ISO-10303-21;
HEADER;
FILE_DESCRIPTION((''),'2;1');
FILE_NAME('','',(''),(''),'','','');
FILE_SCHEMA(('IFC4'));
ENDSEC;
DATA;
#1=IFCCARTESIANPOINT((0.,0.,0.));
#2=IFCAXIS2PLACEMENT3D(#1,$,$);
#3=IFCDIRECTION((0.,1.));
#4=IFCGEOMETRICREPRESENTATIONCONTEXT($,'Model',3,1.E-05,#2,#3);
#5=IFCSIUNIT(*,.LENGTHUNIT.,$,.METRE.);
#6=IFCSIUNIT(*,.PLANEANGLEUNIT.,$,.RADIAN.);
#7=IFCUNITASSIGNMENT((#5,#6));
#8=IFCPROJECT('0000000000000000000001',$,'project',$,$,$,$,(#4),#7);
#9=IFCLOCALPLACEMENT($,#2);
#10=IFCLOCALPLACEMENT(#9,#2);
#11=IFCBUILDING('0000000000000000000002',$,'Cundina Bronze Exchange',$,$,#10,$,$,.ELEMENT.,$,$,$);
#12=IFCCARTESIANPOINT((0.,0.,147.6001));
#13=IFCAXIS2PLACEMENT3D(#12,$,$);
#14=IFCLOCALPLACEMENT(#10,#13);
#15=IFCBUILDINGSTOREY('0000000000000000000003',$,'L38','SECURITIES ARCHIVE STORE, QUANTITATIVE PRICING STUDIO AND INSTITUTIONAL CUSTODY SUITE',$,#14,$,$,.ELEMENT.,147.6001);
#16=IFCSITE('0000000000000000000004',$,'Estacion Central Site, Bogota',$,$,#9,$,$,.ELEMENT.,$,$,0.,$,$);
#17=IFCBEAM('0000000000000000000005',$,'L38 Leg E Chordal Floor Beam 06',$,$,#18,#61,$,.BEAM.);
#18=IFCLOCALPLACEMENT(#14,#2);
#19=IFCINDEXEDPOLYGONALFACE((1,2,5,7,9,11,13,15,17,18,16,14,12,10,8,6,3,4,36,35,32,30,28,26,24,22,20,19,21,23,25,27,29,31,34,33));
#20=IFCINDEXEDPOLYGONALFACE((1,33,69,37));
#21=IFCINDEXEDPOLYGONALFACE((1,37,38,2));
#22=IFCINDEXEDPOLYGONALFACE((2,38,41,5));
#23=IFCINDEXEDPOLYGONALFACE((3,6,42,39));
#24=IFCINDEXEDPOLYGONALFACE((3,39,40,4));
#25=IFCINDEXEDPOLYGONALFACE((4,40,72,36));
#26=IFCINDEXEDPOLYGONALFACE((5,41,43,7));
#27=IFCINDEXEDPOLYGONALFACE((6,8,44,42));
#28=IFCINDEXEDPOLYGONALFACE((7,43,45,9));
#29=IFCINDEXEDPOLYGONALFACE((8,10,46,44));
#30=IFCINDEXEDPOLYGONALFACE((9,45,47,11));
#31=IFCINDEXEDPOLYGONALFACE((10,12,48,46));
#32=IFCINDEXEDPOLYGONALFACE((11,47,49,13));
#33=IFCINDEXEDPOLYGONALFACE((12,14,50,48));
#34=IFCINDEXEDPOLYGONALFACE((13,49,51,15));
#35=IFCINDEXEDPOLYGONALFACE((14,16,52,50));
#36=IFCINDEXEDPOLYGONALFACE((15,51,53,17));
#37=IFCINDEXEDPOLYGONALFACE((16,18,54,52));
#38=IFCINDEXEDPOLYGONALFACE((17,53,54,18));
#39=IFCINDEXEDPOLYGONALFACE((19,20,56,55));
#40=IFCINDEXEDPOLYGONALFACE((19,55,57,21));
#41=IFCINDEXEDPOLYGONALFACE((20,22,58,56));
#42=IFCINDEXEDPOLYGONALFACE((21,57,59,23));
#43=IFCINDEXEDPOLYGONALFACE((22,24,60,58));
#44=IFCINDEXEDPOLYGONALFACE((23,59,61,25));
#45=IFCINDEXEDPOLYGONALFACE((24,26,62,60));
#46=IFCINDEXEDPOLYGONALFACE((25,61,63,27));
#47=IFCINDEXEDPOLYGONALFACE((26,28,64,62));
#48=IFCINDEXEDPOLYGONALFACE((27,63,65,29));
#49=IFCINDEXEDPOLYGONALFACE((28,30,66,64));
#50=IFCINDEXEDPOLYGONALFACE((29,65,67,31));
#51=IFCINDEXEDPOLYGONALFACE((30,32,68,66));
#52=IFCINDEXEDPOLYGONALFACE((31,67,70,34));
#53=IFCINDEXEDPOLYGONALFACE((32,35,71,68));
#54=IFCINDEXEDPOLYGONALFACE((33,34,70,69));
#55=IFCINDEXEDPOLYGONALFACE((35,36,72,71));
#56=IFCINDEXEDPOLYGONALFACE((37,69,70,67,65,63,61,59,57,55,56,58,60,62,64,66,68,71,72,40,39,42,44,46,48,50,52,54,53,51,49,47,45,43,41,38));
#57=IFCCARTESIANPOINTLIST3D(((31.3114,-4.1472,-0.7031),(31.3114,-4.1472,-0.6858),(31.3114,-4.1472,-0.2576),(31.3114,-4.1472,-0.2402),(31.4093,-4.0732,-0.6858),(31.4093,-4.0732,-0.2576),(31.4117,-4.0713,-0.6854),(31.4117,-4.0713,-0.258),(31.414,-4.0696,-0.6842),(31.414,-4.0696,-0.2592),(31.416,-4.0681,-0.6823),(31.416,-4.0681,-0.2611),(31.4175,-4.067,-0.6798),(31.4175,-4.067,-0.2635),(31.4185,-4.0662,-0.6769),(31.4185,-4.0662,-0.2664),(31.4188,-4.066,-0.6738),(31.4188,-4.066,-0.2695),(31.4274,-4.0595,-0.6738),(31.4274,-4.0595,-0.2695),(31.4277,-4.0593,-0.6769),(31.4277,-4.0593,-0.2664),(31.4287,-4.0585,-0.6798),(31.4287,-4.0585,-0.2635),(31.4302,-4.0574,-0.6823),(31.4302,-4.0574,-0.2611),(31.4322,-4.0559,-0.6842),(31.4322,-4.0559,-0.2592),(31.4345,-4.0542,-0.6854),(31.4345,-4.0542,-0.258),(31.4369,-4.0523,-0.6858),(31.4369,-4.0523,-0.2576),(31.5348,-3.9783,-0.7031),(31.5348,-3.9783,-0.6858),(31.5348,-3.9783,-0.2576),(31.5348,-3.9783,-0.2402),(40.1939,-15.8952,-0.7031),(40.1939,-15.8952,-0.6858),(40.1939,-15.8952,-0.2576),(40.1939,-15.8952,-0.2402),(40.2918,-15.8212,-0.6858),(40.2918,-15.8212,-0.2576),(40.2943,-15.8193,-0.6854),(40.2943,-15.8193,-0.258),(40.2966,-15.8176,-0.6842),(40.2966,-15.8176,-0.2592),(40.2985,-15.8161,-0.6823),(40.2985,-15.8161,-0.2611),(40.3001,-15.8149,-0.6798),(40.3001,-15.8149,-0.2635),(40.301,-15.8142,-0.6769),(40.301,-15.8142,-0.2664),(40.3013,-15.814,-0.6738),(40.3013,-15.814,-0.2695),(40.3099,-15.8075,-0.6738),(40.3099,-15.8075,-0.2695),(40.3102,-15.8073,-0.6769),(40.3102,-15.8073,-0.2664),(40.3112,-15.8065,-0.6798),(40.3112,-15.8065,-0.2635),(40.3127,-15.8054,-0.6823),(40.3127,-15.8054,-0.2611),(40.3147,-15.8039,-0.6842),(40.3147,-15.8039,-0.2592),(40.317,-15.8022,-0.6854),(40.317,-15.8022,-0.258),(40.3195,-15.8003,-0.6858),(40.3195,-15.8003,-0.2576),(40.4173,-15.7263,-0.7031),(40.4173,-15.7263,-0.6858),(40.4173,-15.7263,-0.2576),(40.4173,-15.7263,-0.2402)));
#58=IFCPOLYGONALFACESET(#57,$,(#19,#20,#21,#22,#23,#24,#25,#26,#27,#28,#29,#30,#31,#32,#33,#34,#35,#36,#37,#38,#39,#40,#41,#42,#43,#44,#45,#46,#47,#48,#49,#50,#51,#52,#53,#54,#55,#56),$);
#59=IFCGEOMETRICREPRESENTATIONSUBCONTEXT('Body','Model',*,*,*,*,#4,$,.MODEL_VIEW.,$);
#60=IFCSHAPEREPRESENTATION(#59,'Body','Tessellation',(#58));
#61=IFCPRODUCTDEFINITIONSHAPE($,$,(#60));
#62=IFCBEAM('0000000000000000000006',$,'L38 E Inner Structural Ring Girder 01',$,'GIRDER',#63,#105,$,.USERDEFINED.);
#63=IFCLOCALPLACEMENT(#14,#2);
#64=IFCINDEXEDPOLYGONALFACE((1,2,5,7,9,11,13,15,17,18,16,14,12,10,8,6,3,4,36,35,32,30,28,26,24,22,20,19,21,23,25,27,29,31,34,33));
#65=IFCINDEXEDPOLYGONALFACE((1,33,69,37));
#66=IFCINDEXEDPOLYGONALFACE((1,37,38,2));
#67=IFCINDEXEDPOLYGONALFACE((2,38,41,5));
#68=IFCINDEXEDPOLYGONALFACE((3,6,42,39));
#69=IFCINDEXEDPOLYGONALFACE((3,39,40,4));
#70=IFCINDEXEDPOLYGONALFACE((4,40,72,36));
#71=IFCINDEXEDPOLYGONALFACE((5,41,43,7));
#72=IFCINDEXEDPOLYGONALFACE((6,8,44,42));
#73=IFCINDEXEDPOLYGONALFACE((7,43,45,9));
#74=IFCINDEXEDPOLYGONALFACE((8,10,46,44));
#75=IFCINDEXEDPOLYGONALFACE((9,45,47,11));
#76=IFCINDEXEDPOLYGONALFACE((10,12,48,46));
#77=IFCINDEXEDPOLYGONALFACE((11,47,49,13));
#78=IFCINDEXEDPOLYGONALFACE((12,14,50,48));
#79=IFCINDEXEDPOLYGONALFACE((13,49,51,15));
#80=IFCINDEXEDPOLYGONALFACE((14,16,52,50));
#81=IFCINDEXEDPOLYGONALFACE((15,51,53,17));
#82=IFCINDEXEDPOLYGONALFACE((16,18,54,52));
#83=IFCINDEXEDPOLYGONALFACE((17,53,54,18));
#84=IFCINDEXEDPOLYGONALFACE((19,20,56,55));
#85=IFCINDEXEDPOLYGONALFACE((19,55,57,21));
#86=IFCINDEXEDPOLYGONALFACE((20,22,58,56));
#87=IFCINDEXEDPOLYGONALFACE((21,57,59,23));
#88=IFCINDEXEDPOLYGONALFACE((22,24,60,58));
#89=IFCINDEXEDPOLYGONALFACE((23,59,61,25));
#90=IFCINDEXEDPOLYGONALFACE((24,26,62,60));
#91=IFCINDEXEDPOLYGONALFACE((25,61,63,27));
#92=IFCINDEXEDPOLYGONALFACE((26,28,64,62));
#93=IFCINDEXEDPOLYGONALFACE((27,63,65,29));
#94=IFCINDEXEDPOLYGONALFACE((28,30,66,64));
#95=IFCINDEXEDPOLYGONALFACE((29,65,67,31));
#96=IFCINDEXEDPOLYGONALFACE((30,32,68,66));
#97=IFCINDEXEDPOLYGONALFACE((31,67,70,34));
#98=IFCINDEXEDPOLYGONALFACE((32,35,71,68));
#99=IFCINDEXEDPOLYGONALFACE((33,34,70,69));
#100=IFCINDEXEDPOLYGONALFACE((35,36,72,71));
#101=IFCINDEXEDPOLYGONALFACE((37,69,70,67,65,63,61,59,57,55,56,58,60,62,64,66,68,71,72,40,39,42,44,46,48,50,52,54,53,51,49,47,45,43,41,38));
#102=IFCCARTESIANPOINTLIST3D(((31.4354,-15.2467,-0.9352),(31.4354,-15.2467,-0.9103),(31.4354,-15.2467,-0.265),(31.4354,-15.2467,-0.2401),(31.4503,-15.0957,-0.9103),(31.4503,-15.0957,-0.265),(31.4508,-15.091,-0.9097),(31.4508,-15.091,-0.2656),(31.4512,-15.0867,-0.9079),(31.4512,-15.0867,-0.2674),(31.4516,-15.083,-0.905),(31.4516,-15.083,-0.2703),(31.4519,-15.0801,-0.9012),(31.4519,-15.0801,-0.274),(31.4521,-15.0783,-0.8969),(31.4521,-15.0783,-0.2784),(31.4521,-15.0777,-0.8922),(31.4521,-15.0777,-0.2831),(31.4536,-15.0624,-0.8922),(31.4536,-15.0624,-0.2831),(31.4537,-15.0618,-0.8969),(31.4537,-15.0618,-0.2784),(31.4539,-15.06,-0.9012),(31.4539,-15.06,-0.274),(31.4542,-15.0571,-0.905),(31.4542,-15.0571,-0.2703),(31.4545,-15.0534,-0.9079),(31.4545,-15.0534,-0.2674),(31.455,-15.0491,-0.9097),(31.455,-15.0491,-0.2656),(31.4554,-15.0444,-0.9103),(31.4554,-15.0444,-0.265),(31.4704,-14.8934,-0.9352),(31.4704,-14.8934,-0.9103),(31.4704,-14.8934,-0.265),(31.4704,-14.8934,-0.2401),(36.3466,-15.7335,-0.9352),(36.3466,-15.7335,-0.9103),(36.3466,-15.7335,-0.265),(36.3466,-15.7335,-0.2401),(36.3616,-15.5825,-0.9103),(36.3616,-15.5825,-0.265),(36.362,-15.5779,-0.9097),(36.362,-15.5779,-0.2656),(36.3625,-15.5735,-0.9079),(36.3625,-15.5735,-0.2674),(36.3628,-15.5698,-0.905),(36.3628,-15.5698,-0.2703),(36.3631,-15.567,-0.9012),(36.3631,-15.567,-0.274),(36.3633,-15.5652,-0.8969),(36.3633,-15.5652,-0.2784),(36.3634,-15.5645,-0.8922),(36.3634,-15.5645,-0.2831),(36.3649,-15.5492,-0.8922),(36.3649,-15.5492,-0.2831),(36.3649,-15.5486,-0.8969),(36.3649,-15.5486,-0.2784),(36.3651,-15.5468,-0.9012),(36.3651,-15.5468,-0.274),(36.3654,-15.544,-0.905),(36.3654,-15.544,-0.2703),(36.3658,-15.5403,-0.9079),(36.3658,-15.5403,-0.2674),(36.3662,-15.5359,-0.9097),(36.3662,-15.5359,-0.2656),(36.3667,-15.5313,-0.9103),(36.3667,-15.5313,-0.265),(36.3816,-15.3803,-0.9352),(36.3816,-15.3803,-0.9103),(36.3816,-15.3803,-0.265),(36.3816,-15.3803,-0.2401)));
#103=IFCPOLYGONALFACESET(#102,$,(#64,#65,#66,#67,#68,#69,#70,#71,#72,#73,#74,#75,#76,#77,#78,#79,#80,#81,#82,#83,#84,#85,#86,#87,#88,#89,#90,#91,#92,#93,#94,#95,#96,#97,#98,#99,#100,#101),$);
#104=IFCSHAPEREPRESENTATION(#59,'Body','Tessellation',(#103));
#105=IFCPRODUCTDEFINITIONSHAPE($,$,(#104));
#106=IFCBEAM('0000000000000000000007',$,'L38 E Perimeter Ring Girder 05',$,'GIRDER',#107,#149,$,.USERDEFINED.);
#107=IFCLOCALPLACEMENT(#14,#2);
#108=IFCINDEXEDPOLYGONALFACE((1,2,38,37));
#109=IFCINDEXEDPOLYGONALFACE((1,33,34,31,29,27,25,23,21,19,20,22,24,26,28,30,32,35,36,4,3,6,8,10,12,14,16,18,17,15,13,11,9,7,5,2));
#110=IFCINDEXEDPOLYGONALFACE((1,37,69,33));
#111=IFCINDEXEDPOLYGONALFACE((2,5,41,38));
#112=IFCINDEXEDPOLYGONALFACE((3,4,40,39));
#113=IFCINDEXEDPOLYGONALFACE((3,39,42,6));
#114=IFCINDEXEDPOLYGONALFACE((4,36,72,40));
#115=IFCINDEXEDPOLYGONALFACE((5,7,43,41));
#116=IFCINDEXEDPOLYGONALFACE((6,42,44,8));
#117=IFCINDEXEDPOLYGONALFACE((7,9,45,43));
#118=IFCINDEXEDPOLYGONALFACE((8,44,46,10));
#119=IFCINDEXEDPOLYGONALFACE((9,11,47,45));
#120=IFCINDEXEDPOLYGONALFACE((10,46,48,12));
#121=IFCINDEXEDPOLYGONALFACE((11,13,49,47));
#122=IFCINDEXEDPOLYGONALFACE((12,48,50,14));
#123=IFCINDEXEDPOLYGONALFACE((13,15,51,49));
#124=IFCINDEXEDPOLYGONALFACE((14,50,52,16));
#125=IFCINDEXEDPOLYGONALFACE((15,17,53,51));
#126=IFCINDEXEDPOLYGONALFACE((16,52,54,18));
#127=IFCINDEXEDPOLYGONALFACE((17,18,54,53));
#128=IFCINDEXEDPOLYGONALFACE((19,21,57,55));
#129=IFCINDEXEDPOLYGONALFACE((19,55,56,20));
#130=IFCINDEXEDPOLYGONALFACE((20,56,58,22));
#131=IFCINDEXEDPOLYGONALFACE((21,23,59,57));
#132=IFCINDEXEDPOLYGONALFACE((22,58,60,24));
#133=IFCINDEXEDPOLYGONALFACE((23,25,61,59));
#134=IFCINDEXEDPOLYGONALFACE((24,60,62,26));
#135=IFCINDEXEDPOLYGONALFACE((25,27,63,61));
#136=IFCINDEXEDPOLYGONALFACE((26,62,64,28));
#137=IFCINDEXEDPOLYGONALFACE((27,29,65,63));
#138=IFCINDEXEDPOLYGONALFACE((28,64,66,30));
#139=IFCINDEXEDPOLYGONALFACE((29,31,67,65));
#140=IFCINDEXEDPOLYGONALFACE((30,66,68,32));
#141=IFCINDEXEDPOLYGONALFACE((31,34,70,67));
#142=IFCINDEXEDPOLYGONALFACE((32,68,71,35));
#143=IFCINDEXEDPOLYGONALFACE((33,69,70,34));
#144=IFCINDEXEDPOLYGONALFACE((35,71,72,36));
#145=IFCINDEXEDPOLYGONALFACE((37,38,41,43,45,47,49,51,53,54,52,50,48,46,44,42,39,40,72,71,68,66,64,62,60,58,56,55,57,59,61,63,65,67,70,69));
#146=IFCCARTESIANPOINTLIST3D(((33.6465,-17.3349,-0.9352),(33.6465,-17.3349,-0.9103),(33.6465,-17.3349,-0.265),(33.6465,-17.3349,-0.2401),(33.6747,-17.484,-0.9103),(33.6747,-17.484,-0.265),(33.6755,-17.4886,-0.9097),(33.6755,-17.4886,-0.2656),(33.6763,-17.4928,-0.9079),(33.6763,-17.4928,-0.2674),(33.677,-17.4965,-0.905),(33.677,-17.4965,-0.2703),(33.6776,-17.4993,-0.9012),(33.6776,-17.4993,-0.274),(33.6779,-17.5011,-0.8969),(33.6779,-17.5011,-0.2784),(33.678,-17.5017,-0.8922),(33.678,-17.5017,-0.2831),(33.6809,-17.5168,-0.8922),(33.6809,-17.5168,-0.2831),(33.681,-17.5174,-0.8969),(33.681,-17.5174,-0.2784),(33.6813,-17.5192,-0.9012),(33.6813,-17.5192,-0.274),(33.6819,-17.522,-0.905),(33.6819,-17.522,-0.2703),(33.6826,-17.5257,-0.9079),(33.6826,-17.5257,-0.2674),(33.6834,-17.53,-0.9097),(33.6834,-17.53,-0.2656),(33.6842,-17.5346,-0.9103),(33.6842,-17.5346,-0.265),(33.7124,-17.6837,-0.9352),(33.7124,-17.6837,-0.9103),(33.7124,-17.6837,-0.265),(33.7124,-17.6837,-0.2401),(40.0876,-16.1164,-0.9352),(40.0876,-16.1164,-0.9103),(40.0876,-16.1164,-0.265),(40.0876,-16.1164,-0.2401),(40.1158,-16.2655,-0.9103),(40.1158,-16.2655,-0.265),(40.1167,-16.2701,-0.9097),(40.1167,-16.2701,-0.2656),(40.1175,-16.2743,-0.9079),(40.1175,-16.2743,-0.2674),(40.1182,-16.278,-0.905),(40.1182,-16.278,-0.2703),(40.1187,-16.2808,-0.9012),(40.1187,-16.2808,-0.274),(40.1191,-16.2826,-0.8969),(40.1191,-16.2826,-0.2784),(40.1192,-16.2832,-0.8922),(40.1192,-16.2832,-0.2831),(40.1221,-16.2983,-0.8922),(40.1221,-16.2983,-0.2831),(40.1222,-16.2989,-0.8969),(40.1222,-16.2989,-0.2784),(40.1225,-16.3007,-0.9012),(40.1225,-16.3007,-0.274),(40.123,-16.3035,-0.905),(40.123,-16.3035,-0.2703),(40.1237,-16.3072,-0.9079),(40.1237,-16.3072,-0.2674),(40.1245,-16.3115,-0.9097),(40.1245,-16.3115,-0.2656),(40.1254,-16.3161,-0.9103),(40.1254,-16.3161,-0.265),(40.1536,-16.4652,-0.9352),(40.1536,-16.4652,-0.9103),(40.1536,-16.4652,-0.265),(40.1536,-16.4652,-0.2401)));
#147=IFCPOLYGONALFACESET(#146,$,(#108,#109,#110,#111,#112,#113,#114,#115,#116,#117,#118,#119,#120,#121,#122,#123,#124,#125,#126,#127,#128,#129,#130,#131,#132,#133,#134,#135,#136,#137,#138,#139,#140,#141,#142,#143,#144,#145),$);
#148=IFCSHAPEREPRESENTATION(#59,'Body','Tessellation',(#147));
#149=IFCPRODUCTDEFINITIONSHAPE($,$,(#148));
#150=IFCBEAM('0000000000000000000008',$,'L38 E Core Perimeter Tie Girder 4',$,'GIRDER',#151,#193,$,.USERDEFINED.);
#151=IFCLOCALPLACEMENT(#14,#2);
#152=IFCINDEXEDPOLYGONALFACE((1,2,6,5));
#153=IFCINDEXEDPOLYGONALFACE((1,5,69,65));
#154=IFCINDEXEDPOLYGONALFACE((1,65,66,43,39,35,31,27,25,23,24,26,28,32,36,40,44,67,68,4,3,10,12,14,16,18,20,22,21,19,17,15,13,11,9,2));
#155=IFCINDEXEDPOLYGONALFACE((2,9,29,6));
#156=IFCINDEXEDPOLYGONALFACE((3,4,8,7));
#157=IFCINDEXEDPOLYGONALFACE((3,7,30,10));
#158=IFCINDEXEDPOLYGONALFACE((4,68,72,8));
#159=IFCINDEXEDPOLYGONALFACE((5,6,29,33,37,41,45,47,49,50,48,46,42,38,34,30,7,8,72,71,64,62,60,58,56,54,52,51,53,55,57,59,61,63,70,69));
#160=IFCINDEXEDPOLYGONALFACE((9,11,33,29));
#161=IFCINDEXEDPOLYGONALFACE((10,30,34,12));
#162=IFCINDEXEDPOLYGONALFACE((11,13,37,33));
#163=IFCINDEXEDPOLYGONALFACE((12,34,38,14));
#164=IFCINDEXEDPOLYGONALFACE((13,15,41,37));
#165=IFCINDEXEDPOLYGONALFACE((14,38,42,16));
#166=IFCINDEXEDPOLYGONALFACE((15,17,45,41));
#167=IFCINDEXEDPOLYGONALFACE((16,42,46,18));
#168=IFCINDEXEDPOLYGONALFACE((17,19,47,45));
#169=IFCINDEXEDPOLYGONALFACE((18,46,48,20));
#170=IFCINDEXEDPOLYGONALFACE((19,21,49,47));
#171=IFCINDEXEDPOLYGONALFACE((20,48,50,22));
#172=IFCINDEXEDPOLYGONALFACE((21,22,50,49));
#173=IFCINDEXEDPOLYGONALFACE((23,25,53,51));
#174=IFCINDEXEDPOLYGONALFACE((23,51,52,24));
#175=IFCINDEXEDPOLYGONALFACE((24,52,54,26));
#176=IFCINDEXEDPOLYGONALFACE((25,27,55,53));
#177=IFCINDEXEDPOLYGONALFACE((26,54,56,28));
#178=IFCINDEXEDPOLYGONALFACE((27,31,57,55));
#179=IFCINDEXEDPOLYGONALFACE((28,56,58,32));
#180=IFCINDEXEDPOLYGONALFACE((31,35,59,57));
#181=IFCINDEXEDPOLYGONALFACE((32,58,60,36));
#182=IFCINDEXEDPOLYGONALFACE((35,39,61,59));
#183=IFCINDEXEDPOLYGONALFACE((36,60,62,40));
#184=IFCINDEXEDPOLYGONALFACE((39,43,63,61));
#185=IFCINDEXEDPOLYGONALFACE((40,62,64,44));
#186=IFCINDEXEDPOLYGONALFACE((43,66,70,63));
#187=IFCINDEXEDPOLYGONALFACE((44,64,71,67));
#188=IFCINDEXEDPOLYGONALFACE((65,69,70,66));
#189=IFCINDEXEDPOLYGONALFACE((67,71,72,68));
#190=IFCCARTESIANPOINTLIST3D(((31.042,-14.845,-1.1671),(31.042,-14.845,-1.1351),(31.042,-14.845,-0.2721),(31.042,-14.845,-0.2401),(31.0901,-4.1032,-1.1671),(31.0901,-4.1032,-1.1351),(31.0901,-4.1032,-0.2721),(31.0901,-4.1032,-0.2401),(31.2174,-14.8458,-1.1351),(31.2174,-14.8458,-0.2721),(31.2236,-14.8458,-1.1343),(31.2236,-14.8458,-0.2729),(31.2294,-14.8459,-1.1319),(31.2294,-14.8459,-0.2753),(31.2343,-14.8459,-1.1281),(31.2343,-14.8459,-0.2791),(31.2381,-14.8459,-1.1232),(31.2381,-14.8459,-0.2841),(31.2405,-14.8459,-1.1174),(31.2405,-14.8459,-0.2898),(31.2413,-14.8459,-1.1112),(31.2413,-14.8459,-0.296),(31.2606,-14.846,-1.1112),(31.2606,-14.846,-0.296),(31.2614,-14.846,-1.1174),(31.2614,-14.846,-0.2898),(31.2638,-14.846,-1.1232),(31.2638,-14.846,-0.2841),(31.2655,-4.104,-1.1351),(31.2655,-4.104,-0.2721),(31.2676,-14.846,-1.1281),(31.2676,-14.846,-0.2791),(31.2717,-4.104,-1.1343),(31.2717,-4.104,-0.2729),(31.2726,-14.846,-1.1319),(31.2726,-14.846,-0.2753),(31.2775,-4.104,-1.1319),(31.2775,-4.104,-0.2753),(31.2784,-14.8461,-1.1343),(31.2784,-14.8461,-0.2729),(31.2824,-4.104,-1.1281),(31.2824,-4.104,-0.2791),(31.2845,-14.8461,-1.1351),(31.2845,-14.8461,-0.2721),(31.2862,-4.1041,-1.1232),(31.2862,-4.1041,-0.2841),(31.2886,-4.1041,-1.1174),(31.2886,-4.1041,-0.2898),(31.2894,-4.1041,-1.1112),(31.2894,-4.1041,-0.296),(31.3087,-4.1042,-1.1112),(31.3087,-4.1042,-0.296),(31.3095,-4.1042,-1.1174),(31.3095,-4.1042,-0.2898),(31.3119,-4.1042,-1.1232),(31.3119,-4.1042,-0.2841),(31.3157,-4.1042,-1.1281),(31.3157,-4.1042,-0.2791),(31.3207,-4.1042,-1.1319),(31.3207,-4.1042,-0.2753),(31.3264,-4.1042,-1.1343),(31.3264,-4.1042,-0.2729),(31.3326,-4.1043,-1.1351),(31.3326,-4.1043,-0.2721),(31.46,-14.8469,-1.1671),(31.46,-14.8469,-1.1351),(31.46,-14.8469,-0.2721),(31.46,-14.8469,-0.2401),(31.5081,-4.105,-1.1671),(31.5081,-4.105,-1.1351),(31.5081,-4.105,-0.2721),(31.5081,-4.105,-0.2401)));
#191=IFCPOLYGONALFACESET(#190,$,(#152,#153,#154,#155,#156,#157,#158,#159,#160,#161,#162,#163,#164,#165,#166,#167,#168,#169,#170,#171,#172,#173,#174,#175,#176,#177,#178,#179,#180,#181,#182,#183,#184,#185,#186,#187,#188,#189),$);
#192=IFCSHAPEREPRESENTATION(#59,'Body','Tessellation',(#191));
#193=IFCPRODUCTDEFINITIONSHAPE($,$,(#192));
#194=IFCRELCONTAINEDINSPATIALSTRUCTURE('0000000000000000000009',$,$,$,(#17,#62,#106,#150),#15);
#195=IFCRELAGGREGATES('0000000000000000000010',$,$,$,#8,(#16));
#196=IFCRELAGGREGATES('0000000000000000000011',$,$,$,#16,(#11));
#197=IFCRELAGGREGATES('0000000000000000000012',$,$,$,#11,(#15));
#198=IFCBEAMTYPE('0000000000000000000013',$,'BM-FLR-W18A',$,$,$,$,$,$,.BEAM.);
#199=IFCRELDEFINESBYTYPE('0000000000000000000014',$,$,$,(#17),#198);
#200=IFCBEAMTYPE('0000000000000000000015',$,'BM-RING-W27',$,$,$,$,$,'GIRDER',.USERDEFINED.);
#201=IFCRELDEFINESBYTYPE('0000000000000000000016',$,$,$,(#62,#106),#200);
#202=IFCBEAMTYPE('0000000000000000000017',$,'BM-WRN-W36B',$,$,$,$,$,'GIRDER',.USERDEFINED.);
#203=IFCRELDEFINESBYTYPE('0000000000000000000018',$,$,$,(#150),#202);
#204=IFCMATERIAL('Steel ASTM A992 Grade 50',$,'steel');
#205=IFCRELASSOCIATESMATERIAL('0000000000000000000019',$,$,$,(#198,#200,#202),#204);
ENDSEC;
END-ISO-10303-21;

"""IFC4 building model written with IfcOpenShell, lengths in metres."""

from ifc_helpers import new_model, si_unit, direction, frame, origin, origin_2d, place, context, subcontext, project, spatial, i_section, extrude, material, material_profile, profile_set, type_object, element, save


model = new_model("IFC4")

# Units and contexts
model_context = context("Model", 3, precision=1e-05, world=origin(), true_north=direction((0.0, 1.0)))
body_context = subcontext(model_context, "Body", "Model", "MODEL_VIEW")
ifc_project = project(units=[si_unit("LENGTHUNIT", "METRE"), si_unit("PLANEANGLEUNIT", "RADIAN")], contexts=[model_context])

# Site, building, storey
site_placement = place(None, origin())
site = spatial("IfcSite", under=ifc_project, at=site_placement, Name="Estacion Central Site, Bogota", CompositionType="ELEMENT", RefElevation=0.0)
building_placement = place(site_placement, origin())
building = spatial("IfcBuilding", under=site, at=building_placement, Name="Cundina Bronze Exchange", CompositionType="ELEMENT")
storey_placement = place(building_placement, frame((0.0, 0.0, 147.6001)))
storey = spatial("IfcBuildingStorey", under=building, at=storey_placement, Name="L38", Description="SECURITIES ARCHIVE STORE, QUANTITATIVE PRICING STUDIO AND INSTITUTIONAL CUSTODY SUITE", CompositionType="ELEMENT", Elevation=147.6001)

# Shared definitions
ifc_material_1 = material(Name="Steel ASTM A992 Grade 50", Category="steel")

# Beams
ifc_material_profile_1 = material_profile(ifc_material_1, i_section(OverallWidth=0.28, OverallDepth=0.4629, WebThickness=0.0107, FlangeThickness=0.0173, FilletRadius=0.012, at=origin_2d()), Name="W18X76", Category="steel")
ifc_profile_set_1 = profile_set([ifc_material_profile_1], Name="Steel ASTM A992 Grade 50")
beam_type_1 = type_object("IfcBeamType", Name="BM-FLR-W18A", PredefinedType="BEAM", material=ifc_profile_set_1)
beam_1_placement = place(storey_placement, frame((31.4231, -4.0627, -0.4717), z_axis=(0.603104, -0.797663, 0.0), x_axis=(0.797663, 0.603104, 0.0)))
element("IfcBeam", 1, at=beam_1_placement, inside=storey, type_object=beam_type_1, Name="L38 Leg E Chordal Floor Beam 06", PredefinedType="BEAM", context=body_context, shape_type="SweptSolid", body=[
    extrude(i_section(OverallWidth=0.28, OverallDepth=0.4629, WebThickness=0.0107, FlangeThickness=0.0173, FilletRadius=0.012, at=origin_2d()), origin(), (0.0, 0.0, 1.0), 14.728),
])
ifc_material_profile_2 = material_profile(ifc_material_1, i_section(OverallWidth=0.355, OverallDepth=0.6951, WebThickness=0.0154, FlangeThickness=0.0249, FilletRadius=0.0181, at=origin_2d()), Name="W27X146", Category="steel")
ifc_profile_set_2 = profile_set([ifc_material_profile_2], Name="Steel ASTM A992 Grade 50")
beam_type_2 = type_object("IfcBeamType", Name="BM-RING-W27", ElementType="GIRDER", PredefinedType="USERDEFINED", material=ifc_profile_set_2)
beam_2_placement = place(storey_placement, frame((31.4529, -15.0701, -0.5876), z_axis=(0.995123, -0.098642, 0.0), x_axis=(0.098642, 0.995123, 0.0)))
element("IfcBeam", 2, at=beam_2_placement, inside=storey, type_object=beam_type_2, Name="L38 E Inner Structural Ring Girder 01", ObjectType="GIRDER", PredefinedType="USERDEFINED", context=body_context, shape_type="SweptSolid", body=[
    extrude(i_section(OverallWidth=0.355, OverallDepth=0.6951, WebThickness=0.0154, FlangeThickness=0.0249, FilletRadius=0.0181, at=origin_2d()), origin(), (0.0, 0.0, 1.0), 4.9353),
])
beam_3_placement = place(storey_placement, frame((33.6794, -17.5093, -0.5876), z_axis=(0.982573, 0.185878, 0.0), x_axis=(-0.185878, 0.982573, 0.0)))
element("IfcBeam", 3, at=beam_3_placement, inside=storey, type_object=beam_type_2, Name="L38 E Perimeter Ring Girder 05", ObjectType="GIRDER", PredefinedType="USERDEFINED", context=body_context, shape_type="SweptSolid", body=[
    extrude(i_section(OverallWidth=0.355, OverallDepth=0.6951, WebThickness=0.0154, FlangeThickness=0.0249, FilletRadius=0.0181, at=origin_2d()), origin(), (0.0, 0.0, 1.0), 6.5554),
])
ifc_material_profile_3 = material_profile(ifc_material_1, i_section(OverallWidth=0.418, OverallDepth=0.927, WebThickness=0.0193, FlangeThickness=0.032, FilletRadius=0.0239, at=origin_2d()), Name="W36X231", Category="steel")
ifc_profile_set_3 = profile_set([ifc_material_profile_3], Name="Steel ASTM A992 Grade 50")
beam_type_3 = type_object("IfcBeamType", Name="BM-WRN-W36B", ElementType="GIRDER", PredefinedType="USERDEFINED", material=ifc_profile_set_3)
beam_4_placement = place(storey_placement, frame((31.251, -14.8459, -0.7036), z_axis=(0.004477, 0.99999, 0.0), x_axis=(-0.99999, 0.004477, 0.0)))
element("IfcBeam", 4, at=beam_4_placement, inside=storey, type_object=beam_type_3, Name="L38 E Core Perimeter Tie Girder 4", ObjectType="GIRDER", PredefinedType="USERDEFINED", context=body_context, shape_type="SweptSolid", body=[
    extrude(i_section(OverallWidth=0.418, OverallDepth=0.927, WebThickness=0.0193, FlangeThickness=0.032, FilletRadius=0.0239, at=origin_2d()), origin(), (0.0, 0.0, 1.0), 10.7419),
])

save(model, "model.ifc")
